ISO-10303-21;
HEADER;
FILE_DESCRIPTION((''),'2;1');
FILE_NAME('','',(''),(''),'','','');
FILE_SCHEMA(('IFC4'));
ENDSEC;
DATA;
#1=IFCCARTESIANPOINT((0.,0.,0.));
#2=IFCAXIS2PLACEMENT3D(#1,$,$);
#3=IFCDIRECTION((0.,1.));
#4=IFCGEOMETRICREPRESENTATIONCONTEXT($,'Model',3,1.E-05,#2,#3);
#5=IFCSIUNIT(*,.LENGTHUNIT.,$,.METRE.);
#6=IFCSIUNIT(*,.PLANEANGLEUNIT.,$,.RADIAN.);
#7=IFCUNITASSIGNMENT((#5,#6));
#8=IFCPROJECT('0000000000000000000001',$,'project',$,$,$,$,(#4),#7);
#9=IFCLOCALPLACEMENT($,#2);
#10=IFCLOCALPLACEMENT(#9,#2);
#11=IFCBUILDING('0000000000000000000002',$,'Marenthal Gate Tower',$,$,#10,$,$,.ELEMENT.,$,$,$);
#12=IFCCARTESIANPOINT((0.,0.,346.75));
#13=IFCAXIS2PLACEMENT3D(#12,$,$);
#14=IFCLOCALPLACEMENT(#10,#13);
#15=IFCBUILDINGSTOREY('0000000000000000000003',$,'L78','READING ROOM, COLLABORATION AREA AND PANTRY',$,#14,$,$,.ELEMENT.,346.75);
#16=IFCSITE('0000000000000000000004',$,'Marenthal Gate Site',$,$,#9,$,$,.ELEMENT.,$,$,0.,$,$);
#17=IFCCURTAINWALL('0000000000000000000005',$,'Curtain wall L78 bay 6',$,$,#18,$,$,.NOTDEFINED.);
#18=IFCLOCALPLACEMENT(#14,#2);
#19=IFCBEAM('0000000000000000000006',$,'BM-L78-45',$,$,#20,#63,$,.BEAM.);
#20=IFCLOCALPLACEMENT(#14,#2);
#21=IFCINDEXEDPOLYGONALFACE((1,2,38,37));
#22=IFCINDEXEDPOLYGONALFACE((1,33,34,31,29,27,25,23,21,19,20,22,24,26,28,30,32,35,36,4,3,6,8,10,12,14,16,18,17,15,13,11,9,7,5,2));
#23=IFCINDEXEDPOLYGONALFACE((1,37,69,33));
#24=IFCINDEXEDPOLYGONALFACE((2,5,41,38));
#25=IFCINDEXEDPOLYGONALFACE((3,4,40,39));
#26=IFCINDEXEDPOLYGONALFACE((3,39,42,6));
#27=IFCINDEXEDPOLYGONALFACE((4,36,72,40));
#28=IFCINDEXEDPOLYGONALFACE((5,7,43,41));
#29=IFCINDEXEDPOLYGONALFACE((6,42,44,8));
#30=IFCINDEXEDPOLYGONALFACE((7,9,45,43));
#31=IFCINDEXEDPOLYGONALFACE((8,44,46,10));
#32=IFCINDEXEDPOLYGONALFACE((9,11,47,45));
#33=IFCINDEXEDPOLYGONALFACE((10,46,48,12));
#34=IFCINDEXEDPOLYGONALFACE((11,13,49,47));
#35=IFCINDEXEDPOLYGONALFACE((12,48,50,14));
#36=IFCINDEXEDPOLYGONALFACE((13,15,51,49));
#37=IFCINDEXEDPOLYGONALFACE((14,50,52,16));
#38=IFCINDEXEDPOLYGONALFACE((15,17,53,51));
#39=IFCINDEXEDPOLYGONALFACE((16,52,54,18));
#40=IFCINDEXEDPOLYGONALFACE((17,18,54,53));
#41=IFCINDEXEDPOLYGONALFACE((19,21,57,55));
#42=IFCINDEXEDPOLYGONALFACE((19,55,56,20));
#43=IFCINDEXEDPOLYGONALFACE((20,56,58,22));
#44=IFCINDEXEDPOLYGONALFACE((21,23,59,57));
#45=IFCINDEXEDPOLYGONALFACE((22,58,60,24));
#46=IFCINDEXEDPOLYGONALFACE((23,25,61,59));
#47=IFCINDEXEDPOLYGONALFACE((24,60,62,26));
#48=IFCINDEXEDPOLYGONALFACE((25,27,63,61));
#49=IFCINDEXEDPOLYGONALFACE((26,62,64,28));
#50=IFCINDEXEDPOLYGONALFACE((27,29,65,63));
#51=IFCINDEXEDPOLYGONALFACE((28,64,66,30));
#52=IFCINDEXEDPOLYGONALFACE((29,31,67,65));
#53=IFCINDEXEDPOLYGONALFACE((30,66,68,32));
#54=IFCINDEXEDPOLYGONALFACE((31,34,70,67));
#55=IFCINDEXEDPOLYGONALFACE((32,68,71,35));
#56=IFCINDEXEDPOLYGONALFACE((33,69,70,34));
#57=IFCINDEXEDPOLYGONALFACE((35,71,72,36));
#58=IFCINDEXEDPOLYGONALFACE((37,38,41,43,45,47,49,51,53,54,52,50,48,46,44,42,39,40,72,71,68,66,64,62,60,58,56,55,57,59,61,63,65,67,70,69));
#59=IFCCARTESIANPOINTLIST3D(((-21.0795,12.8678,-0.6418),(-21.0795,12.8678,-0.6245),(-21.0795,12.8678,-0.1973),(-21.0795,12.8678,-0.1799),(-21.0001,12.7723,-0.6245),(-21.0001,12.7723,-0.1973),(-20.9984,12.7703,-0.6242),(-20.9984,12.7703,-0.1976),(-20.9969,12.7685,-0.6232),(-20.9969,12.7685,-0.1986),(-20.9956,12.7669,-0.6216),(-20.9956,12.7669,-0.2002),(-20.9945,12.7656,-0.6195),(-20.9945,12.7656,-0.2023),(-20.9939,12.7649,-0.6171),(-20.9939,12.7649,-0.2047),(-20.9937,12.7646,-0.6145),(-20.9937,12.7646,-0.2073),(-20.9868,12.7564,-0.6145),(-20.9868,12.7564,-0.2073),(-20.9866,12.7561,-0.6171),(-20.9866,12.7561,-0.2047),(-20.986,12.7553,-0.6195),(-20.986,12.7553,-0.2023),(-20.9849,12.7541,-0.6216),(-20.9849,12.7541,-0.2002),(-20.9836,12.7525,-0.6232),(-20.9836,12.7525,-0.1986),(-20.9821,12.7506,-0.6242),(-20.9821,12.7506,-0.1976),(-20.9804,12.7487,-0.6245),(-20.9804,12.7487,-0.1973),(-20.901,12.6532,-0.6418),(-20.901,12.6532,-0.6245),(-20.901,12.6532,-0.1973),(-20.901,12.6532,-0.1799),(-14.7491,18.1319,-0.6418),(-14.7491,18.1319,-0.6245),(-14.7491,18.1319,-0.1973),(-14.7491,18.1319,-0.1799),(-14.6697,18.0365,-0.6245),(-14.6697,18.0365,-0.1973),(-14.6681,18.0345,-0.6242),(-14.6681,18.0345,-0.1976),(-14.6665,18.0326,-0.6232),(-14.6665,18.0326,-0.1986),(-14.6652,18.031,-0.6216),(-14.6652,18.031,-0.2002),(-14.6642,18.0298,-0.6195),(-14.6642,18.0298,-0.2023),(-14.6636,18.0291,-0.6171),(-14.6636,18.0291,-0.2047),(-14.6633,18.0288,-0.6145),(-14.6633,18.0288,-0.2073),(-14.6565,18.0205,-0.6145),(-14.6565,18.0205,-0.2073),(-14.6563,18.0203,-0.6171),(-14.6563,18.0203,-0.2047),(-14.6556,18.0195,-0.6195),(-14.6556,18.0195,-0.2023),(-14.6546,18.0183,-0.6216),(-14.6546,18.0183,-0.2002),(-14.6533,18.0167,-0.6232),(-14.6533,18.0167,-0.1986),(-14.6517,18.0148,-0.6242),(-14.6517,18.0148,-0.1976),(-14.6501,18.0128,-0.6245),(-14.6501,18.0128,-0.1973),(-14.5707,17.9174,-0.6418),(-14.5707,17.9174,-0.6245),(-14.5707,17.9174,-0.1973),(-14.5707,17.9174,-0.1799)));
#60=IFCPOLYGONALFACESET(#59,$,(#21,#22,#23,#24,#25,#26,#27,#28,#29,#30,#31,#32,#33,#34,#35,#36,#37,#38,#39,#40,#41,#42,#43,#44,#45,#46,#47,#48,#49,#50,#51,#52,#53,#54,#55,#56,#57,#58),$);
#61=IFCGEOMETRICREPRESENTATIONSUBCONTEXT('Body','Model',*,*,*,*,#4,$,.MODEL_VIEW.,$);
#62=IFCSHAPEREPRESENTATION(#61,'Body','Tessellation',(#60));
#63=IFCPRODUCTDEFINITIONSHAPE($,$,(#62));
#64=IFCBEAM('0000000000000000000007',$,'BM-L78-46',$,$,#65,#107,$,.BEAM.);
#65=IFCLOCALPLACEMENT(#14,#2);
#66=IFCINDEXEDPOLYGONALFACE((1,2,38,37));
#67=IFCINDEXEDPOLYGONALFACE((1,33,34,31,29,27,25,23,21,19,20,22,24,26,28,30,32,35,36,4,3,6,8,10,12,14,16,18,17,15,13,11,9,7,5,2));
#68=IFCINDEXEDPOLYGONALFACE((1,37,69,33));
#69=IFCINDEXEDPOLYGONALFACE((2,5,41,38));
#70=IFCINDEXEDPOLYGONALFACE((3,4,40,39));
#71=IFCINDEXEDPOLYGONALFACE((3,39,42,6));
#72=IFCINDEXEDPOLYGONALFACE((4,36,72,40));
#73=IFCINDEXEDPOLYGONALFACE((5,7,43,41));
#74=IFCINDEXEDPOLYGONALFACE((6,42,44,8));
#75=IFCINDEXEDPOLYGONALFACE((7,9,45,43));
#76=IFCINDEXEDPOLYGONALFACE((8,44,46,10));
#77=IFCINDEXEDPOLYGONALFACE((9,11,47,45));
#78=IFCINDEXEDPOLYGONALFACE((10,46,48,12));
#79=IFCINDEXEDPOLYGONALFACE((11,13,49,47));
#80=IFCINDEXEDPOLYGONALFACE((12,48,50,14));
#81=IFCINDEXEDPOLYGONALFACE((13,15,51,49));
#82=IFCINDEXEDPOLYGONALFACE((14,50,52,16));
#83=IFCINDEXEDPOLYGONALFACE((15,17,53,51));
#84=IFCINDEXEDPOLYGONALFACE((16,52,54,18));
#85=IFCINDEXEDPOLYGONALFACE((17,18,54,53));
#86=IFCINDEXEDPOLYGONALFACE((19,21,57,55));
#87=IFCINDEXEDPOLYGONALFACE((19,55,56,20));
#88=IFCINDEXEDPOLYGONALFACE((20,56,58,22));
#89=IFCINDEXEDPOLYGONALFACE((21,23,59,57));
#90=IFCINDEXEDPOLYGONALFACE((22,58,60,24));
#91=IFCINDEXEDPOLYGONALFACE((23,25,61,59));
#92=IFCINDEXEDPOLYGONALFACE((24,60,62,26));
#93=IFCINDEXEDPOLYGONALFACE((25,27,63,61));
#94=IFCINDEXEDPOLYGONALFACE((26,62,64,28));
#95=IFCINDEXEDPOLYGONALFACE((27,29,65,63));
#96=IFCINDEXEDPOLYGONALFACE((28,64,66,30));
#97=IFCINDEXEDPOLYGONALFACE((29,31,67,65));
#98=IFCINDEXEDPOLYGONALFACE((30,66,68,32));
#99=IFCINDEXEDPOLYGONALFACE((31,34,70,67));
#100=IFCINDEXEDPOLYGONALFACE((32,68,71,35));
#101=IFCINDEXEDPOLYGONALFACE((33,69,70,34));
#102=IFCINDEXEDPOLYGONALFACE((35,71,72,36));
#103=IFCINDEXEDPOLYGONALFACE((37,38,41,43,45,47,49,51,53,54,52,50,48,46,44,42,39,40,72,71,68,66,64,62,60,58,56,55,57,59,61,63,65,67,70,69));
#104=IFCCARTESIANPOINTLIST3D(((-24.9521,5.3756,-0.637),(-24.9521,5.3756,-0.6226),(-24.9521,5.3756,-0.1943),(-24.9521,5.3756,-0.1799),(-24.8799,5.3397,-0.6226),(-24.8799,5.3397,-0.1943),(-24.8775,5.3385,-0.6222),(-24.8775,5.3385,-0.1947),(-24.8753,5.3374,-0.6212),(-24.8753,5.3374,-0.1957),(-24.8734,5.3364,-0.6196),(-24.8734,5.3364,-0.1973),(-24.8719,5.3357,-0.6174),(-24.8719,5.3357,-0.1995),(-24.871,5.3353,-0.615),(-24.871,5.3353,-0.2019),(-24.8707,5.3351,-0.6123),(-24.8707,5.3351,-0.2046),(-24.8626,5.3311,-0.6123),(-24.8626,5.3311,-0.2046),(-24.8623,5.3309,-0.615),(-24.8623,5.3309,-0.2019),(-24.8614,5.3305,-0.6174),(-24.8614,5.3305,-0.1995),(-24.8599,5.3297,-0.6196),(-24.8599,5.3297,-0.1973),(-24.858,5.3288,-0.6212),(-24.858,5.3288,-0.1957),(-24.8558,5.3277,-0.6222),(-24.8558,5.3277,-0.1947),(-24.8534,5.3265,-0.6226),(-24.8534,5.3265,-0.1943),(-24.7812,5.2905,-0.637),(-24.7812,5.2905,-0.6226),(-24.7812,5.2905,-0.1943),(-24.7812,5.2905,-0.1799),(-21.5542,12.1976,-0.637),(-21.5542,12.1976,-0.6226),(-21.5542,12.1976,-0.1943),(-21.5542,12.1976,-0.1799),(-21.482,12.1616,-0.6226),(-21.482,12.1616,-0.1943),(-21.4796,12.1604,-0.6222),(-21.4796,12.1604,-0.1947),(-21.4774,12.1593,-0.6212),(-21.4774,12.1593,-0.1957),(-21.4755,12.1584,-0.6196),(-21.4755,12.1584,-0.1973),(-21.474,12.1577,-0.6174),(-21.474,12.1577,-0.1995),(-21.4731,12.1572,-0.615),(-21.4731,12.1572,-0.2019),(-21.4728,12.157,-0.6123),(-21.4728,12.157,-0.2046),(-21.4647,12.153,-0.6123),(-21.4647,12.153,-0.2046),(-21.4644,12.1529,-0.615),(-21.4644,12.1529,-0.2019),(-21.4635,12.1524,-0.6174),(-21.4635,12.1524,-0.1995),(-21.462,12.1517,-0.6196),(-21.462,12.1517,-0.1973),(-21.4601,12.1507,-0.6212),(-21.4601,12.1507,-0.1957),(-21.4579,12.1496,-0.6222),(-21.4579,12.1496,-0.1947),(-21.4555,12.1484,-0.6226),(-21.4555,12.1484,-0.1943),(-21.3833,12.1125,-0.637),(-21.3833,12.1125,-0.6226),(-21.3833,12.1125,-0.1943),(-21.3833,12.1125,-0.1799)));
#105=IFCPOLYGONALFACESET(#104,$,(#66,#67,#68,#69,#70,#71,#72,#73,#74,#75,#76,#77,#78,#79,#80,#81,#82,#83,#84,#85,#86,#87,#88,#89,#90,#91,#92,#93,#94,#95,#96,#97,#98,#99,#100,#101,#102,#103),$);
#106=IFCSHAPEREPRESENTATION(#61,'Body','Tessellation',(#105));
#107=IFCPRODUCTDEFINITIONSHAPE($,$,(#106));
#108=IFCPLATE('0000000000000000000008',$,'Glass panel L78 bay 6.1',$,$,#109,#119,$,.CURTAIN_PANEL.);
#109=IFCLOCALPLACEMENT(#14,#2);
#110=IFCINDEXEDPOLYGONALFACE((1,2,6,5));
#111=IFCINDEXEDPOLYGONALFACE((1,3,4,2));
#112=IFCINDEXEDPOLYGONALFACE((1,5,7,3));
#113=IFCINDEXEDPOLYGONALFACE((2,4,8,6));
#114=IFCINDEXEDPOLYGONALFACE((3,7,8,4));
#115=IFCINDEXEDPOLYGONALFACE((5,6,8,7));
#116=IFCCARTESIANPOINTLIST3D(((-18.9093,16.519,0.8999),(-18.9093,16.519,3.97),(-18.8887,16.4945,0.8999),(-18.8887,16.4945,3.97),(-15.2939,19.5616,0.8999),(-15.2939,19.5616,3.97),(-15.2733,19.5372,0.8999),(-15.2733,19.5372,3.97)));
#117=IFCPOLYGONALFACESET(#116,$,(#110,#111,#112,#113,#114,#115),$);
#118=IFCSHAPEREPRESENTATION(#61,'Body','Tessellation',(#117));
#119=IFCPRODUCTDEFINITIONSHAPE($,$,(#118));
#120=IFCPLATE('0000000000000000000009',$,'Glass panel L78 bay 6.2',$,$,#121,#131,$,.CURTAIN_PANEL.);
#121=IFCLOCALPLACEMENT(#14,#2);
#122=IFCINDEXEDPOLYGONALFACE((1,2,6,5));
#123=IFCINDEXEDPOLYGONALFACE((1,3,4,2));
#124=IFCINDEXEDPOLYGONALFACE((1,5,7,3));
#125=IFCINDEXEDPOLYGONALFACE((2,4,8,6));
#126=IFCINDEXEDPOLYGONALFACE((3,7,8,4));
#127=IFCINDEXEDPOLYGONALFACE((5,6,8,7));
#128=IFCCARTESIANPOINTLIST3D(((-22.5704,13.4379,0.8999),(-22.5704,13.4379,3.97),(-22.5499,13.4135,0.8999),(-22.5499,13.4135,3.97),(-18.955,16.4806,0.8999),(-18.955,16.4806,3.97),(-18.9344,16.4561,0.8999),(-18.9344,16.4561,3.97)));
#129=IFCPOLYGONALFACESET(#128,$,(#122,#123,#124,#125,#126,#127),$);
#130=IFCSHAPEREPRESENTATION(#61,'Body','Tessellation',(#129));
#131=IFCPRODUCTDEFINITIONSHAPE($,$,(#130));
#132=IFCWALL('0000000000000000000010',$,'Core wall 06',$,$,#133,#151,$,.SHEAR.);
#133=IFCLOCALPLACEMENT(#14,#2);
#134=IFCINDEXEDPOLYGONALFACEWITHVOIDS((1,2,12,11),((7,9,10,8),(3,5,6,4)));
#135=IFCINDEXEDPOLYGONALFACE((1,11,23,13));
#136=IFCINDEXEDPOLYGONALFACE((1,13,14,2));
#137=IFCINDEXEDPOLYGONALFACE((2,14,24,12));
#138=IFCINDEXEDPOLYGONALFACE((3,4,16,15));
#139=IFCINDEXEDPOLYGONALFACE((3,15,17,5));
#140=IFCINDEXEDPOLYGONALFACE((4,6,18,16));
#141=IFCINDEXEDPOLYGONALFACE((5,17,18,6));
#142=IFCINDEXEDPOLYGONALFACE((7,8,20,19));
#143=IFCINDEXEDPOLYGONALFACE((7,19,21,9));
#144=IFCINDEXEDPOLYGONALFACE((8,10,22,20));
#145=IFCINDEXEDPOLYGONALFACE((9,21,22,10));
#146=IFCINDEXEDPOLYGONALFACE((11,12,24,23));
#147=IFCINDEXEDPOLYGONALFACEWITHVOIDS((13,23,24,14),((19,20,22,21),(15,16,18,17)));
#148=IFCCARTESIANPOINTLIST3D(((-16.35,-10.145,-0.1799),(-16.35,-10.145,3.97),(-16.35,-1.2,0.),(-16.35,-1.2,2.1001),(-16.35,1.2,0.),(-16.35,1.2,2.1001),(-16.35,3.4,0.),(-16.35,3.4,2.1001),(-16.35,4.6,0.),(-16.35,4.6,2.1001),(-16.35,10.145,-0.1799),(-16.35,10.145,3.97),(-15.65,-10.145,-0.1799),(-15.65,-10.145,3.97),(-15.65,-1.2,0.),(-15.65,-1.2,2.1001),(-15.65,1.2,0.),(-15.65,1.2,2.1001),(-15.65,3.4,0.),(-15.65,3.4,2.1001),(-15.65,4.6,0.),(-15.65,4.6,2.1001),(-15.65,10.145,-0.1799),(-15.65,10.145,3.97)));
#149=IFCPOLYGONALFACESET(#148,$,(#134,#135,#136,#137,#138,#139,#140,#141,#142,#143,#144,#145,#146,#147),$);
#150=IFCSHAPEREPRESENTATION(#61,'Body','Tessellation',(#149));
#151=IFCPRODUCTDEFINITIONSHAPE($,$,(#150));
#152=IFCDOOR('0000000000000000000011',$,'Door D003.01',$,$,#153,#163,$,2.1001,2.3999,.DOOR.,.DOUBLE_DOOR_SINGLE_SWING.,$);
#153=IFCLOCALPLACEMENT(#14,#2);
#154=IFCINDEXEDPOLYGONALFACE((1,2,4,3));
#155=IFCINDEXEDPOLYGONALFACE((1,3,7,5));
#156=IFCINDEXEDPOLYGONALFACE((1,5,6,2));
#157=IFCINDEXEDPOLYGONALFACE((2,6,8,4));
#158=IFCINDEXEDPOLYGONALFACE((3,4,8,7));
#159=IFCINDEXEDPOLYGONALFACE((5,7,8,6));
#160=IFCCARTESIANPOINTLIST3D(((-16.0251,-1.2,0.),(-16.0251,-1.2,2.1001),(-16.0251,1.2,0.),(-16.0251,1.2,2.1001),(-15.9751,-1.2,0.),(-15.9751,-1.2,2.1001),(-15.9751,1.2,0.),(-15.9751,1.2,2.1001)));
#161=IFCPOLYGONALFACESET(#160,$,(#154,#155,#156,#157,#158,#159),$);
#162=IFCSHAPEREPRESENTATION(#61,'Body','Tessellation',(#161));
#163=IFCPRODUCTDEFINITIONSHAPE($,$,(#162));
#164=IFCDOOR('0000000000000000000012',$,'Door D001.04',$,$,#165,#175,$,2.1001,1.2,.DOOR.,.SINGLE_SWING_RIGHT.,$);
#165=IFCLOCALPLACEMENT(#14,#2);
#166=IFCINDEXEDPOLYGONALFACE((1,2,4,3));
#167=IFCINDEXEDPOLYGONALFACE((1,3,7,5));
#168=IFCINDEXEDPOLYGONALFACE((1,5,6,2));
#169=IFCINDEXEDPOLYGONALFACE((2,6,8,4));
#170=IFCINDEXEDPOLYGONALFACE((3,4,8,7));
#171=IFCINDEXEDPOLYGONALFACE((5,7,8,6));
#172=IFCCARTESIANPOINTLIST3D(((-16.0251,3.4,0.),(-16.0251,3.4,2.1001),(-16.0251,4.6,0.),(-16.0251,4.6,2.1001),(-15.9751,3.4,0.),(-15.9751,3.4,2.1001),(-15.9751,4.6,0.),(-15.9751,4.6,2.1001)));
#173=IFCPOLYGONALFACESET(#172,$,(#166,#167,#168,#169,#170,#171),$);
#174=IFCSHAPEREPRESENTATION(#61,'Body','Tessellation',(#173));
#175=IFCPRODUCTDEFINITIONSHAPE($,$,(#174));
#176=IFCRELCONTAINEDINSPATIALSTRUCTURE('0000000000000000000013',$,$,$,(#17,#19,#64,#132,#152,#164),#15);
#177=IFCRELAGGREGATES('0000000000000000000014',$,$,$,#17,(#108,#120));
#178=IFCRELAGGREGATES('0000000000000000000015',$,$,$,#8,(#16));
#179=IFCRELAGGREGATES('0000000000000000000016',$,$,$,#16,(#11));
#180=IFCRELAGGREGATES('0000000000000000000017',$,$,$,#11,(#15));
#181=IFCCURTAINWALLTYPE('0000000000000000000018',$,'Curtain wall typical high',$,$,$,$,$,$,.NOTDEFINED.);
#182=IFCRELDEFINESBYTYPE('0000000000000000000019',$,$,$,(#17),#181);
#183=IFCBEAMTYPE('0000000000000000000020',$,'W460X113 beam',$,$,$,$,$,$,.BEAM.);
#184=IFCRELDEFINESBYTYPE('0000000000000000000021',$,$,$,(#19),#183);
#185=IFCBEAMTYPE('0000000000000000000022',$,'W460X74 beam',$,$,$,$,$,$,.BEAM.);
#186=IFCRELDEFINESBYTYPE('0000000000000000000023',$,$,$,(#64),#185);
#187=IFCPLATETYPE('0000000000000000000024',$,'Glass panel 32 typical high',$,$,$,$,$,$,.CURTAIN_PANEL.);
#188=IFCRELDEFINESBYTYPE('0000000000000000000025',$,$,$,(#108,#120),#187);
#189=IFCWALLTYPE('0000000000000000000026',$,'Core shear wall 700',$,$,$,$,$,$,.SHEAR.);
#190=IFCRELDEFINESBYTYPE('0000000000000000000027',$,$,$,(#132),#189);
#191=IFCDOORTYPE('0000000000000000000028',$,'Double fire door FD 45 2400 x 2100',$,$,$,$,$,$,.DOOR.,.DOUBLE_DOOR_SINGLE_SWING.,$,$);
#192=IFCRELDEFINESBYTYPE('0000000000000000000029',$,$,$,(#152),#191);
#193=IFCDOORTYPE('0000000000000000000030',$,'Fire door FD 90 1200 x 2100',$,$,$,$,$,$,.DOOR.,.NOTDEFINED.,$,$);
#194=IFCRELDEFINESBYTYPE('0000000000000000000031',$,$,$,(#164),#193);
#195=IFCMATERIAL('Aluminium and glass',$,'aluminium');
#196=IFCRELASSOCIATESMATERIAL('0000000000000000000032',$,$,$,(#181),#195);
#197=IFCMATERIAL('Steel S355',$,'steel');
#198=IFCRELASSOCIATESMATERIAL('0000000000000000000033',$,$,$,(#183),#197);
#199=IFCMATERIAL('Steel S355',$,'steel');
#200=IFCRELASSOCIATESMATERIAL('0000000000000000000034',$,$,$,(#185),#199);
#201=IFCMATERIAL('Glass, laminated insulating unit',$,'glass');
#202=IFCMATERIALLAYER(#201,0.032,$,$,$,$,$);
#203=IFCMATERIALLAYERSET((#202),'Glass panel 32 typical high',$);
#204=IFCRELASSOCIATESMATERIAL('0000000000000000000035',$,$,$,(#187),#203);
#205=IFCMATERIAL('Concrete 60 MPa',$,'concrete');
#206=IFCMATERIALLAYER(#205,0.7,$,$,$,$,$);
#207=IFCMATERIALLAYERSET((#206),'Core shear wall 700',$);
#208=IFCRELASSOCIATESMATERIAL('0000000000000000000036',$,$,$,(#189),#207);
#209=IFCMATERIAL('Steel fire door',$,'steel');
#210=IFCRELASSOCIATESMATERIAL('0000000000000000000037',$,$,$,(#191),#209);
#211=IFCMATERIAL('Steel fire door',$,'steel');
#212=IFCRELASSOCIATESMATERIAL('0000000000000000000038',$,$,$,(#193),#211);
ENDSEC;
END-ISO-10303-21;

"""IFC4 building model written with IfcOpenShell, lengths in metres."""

from ifc_helpers import new_model, si_unit, direction, frame, frame_2d, origin, origin_2d, place, context, subcontext, project, spatial, rectangle, i_section, extrude, material, layer, layer_set, material_profile, profile_set, type_object, element, fill, aggregate, save


model = new_model("IFC4")

# Units and contexts
model_context = context("Model", 3, precision=1e-05, world=origin(), true_north=direction((0.0, 1.0)))
body_context = subcontext(model_context, "Body", "Model", "MODEL_VIEW")
ifc_project = project(units=[si_unit("LENGTHUNIT", "METRE"), si_unit("PLANEANGLEUNIT", "RADIAN")], contexts=[model_context])

# Site, building, storey
site_placement = place(None, origin())
site = spatial("IfcSite", under=ifc_project, at=site_placement, Name="Marenthal Gate Site", CompositionType="ELEMENT", RefElevation=0.0)
building_placement = place(site_placement, origin())
building = spatial("IfcBuilding", under=site, at=building_placement, Name="Marenthal Gate Tower", CompositionType="ELEMENT")
storey_placement = place(building_placement, frame((0.0, 0.0, 346.75)))
storey = spatial("IfcBuildingStorey", under=building, at=storey_placement, Name="L78", Description="READING ROOM, COLLABORATION AREA AND PANTRY", CompositionType="ELEMENT", Elevation=346.75)

# Curtain wall
ifc_material_1 = material(Name="Aluminium and glass", Category="aluminium")
curtain_wall_type = type_object("IfcCurtainWallType", Name="Curtain wall typical high", PredefinedType="NOTDEFINED", material=ifc_material_1)
curtain_wall_placement = place(storey_placement, origin())
curtain_wall = element("IfcCurtainWall", 1, at=curtain_wall_placement, inside=storey, type_object=curtain_wall_type, Name="Curtain wall L78 bay 6", PredefinedType="NOTDEFINED")

# Beams
ifc_material_2 = material(Name="Steel S355", Category="steel")
ifc_material_profile_1 = material_profile(ifc_material_2, i_section(OverallWidth=0.2791, OverallDepth=0.4619, WebThickness=0.0107, FlangeThickness=0.0173, FilletRadius=0.01, at=origin_2d()), Name="W460X113")
ifc_profile_set_1 = profile_set([ifc_material_profile_1], Name="Steel S355")
beam_type_1 = type_object("IfcBeamType", Name="W460X113 beam", PredefinedType="BEAM", material=ifc_profile_set_1)
beam_1_placement = place(storey_placement, frame((-14.6599, 18.0247, -0.4109), z_axis=(-0.768884, -0.639388, 0.0), x_axis=(0.639388, -0.768884, 0.0)))
element("IfcBeam", 2, at=beam_1_placement, inside=storey, type_object=beam_type_1, Name="BM-L78-45", PredefinedType="BEAM", context=body_context, shape_type="SweptSolid", body=[
    extrude(i_section(OverallWidth=0.2791, OverallDepth=0.4619, WebThickness=0.0107, FlangeThickness=0.0173, FilletRadius=0.01, at=origin_2d()), origin(), (0.0, 0.0, 1.0), 8.2332),
])
ifc_material_3 = material(Name="Steel S355", Category="steel")
ifc_material_profile_2 = material_profile(ifc_material_3, i_section(OverallWidth=0.1909, OverallDepth=0.457, WebThickness=0.009, FlangeThickness=0.0144, FilletRadius=0.0103, at=origin_2d()), Name="W460X74")
ifc_profile_set_2 = profile_set([ifc_material_profile_2], Name="Steel S355")
beam_type_2 = type_object("IfcBeamType", Name="W460X74 beam", PredefinedType="BEAM", material=ifc_profile_set_2)
beam_2_placement = place(storey_placement, frame((-21.4688, 12.155, -0.4084), z_axis=(-0.445842, -0.895112, 0.0), x_axis=(0.895112, -0.445842, 0.0)))
element("IfcBeam", 3, at=beam_2_placement, inside=storey, type_object=beam_type_2, Name="BM-L78-46", PredefinedType="BEAM", context=body_context, shape_type="SweptSolid", body=[
    extrude(i_section(OverallWidth=0.1909, OverallDepth=0.457, WebThickness=0.009, FlangeThickness=0.0144, FilletRadius=0.0103, at=origin_2d()), origin(), (0.0, 0.0, 1.0), 7.6213),
])

# Plates
ifc_material_4 = material(Name="Glass, laminated insulating unit", Category="glass")
ifc_layer_1 = layer(ifc_material_4, 0.032)
ifc_layer_set_1 = layer_set([ifc_layer_1], Name="Glass panel 32 typical high")
plate_type = type_object("IfcPlateType", Name="Glass panel 32 typical high", PredefinedType="CURTAIN_PANEL", material=ifc_layer_set_1)
plate_1_placement = place(storey_placement, frame((-17.0913, 18.0281, 0.8999), z_axis=(0.0, 0.0, 1.0), x_axis=(-0.765113, -0.643896, 0.0)))
plate_1 = element("IfcPlate", 4, at=plate_1_placement, type_object=plate_type, Name="Glass panel L78 bay 6.1", PredefinedType="CURTAIN_PANEL", context=body_context, shape_type="SweptSolid", body=[
    extrude(rectangle(XDim=4.7253, YDim=0.032, at=origin_2d()), origin(), (0.0, 0.0, 1.0), 3.0701),
])
plate_2_placement = place(storey_placement, frame((-20.7524, 14.947, 0.8999), z_axis=(0.0, 0.0, 1.0), x_axis=(-0.765113, -0.643896, 0.0)))
plate_2 = element("IfcPlate", 5, at=plate_2_placement, type_object=plate_type, Name="Glass panel L78 bay 6.2", PredefinedType="CURTAIN_PANEL", context=body_context, shape_type="SweptSolid", body=[
    extrude(rectangle(XDim=4.7253, YDim=0.032, at=origin_2d()), origin(), (0.0, 0.0, 1.0), 3.0701),
])
aggregate(curtain_wall, [plate_1, plate_2])

# Wall, openings, doors
ifc_material_5 = material(Name="Concrete 60 MPa", Category="concrete")
ifc_layer_2 = layer(ifc_material_5, 0.7)
ifc_layer_set_2 = layer_set([ifc_layer_2], Name="Core shear wall 700")
wall_type_1 = type_object("IfcWallType", Name="Core shear wall 700", PredefinedType="SHEAR", material=ifc_layer_set_2)
wall_1_placement = place(storey_placement, frame((-16.0, 10.145, -0.1799), z_axis=(0.0, 0.0, 1.0), x_axis=(0.0, -1.0, 0.0)))
wall_1 = element("IfcWall", 6, at=wall_1_placement, inside=storey, type_object=wall_type_1, Name="Core wall 06", PredefinedType="SHEAR", context=body_context, shape_type="SweptSolid", body=[
    extrude(rectangle(XDim=20.29, YDim=0.7, at=frame_2d((10.145, 0.0))), origin(), (0.0, 0.0, 1.0), 4.1499),
])
opening_1_placement = place(wall_1_placement, frame((8.9451, 0.0, 0.1799)))
opening_1 = element("IfcOpeningElement", 7, at=opening_1_placement, cuts=wall_1, PredefinedType="OPENING", context=body_context, shape_type="SweptSolid", body=[
    extrude(rectangle(XDim=2.3999, YDim=2.1001, at=frame_2d((1.2, 1.05))), frame((0.0, 0.3599, 0.0), z_axis=(0.0, -1.0, 0.0), x_axis=(1.0, 0.0, 0.0)), (0.0, 0.0, 1.0), 0.72),
])
opening_2_placement = place(wall_1_placement, frame((5.5449, 0.0, 0.1799)))
opening_2 = element("IfcOpeningElement", 8, at=opening_2_placement, cuts=wall_1, PredefinedType="OPENING", context=body_context, shape_type="SweptSolid", body=[
    extrude(rectangle(XDim=1.2, YDim=2.1001, at=frame_2d((0.6001, 1.05))), frame((0.0, 0.3599, 0.0), z_axis=(0.0, -1.0, 0.0), x_axis=(1.0, 0.0, 0.0)), (0.0, 0.0, 1.0), 0.72),
])
ifc_material_6 = material(Name="Steel fire door", Category="steel")
door_type_1 = type_object("IfcDoorType", Name="Double fire door FD 45 2400 x 2100", OperationType="DOUBLE_DOOR_SINGLE_SWING", PredefinedType="DOOR", material=ifc_material_6)
door_1_placement = place(opening_1_placement, origin())
door_1 = element("IfcDoor", 9, at=door_1_placement, inside=storey, type_object=door_type_1, Name="Door D003.01", OperationType="DOUBLE_DOOR_SINGLE_SWING", OverallHeight=2.1001, OverallWidth=2.3999, PredefinedType="DOOR", context=body_context, shape_type="SweptSolid", body=[
    extrude(rectangle(XDim=2.3999, YDim=2.1001, at=frame_2d((1.2, 1.05))), frame((0.0, 0.0249, 0.0), z_axis=(0.0, -1.0, 0.0), x_axis=(1.0, 0.0, 0.0)), (0.0, 0.0, 1.0), 0.05),
])
fill(opening_1, door_1)
ifc_material_7 = material(Name="Steel fire door", Category="steel")
door_type_2 = type_object("IfcDoorType", Name="Fire door FD 90 1200 x 2100", OperationType="NOTDEFINED", PredefinedType="DOOR", material=ifc_material_7)
door_2_placement = place(opening_2_placement, origin())
door_2 = element("IfcDoor", 10, at=door_2_placement, inside=storey, type_object=door_type_2, Name="Door D001.04", OperationType="SINGLE_SWING_RIGHT", OverallHeight=2.1001, OverallWidth=1.2, PredefinedType="DOOR", context=body_context, shape_type="SweptSolid", body=[
    extrude(rectangle(XDim=1.2, YDim=2.1001, at=frame_2d((0.6001, 1.05))), frame((0.0, 0.0249, 0.0), z_axis=(0.0, -1.0, 0.0), x_axis=(1.0, 0.0, 0.0)), (0.0, 0.0, 1.0), 0.05),
])
fill(opening_2, door_2)

save(model, "model.ifc")
